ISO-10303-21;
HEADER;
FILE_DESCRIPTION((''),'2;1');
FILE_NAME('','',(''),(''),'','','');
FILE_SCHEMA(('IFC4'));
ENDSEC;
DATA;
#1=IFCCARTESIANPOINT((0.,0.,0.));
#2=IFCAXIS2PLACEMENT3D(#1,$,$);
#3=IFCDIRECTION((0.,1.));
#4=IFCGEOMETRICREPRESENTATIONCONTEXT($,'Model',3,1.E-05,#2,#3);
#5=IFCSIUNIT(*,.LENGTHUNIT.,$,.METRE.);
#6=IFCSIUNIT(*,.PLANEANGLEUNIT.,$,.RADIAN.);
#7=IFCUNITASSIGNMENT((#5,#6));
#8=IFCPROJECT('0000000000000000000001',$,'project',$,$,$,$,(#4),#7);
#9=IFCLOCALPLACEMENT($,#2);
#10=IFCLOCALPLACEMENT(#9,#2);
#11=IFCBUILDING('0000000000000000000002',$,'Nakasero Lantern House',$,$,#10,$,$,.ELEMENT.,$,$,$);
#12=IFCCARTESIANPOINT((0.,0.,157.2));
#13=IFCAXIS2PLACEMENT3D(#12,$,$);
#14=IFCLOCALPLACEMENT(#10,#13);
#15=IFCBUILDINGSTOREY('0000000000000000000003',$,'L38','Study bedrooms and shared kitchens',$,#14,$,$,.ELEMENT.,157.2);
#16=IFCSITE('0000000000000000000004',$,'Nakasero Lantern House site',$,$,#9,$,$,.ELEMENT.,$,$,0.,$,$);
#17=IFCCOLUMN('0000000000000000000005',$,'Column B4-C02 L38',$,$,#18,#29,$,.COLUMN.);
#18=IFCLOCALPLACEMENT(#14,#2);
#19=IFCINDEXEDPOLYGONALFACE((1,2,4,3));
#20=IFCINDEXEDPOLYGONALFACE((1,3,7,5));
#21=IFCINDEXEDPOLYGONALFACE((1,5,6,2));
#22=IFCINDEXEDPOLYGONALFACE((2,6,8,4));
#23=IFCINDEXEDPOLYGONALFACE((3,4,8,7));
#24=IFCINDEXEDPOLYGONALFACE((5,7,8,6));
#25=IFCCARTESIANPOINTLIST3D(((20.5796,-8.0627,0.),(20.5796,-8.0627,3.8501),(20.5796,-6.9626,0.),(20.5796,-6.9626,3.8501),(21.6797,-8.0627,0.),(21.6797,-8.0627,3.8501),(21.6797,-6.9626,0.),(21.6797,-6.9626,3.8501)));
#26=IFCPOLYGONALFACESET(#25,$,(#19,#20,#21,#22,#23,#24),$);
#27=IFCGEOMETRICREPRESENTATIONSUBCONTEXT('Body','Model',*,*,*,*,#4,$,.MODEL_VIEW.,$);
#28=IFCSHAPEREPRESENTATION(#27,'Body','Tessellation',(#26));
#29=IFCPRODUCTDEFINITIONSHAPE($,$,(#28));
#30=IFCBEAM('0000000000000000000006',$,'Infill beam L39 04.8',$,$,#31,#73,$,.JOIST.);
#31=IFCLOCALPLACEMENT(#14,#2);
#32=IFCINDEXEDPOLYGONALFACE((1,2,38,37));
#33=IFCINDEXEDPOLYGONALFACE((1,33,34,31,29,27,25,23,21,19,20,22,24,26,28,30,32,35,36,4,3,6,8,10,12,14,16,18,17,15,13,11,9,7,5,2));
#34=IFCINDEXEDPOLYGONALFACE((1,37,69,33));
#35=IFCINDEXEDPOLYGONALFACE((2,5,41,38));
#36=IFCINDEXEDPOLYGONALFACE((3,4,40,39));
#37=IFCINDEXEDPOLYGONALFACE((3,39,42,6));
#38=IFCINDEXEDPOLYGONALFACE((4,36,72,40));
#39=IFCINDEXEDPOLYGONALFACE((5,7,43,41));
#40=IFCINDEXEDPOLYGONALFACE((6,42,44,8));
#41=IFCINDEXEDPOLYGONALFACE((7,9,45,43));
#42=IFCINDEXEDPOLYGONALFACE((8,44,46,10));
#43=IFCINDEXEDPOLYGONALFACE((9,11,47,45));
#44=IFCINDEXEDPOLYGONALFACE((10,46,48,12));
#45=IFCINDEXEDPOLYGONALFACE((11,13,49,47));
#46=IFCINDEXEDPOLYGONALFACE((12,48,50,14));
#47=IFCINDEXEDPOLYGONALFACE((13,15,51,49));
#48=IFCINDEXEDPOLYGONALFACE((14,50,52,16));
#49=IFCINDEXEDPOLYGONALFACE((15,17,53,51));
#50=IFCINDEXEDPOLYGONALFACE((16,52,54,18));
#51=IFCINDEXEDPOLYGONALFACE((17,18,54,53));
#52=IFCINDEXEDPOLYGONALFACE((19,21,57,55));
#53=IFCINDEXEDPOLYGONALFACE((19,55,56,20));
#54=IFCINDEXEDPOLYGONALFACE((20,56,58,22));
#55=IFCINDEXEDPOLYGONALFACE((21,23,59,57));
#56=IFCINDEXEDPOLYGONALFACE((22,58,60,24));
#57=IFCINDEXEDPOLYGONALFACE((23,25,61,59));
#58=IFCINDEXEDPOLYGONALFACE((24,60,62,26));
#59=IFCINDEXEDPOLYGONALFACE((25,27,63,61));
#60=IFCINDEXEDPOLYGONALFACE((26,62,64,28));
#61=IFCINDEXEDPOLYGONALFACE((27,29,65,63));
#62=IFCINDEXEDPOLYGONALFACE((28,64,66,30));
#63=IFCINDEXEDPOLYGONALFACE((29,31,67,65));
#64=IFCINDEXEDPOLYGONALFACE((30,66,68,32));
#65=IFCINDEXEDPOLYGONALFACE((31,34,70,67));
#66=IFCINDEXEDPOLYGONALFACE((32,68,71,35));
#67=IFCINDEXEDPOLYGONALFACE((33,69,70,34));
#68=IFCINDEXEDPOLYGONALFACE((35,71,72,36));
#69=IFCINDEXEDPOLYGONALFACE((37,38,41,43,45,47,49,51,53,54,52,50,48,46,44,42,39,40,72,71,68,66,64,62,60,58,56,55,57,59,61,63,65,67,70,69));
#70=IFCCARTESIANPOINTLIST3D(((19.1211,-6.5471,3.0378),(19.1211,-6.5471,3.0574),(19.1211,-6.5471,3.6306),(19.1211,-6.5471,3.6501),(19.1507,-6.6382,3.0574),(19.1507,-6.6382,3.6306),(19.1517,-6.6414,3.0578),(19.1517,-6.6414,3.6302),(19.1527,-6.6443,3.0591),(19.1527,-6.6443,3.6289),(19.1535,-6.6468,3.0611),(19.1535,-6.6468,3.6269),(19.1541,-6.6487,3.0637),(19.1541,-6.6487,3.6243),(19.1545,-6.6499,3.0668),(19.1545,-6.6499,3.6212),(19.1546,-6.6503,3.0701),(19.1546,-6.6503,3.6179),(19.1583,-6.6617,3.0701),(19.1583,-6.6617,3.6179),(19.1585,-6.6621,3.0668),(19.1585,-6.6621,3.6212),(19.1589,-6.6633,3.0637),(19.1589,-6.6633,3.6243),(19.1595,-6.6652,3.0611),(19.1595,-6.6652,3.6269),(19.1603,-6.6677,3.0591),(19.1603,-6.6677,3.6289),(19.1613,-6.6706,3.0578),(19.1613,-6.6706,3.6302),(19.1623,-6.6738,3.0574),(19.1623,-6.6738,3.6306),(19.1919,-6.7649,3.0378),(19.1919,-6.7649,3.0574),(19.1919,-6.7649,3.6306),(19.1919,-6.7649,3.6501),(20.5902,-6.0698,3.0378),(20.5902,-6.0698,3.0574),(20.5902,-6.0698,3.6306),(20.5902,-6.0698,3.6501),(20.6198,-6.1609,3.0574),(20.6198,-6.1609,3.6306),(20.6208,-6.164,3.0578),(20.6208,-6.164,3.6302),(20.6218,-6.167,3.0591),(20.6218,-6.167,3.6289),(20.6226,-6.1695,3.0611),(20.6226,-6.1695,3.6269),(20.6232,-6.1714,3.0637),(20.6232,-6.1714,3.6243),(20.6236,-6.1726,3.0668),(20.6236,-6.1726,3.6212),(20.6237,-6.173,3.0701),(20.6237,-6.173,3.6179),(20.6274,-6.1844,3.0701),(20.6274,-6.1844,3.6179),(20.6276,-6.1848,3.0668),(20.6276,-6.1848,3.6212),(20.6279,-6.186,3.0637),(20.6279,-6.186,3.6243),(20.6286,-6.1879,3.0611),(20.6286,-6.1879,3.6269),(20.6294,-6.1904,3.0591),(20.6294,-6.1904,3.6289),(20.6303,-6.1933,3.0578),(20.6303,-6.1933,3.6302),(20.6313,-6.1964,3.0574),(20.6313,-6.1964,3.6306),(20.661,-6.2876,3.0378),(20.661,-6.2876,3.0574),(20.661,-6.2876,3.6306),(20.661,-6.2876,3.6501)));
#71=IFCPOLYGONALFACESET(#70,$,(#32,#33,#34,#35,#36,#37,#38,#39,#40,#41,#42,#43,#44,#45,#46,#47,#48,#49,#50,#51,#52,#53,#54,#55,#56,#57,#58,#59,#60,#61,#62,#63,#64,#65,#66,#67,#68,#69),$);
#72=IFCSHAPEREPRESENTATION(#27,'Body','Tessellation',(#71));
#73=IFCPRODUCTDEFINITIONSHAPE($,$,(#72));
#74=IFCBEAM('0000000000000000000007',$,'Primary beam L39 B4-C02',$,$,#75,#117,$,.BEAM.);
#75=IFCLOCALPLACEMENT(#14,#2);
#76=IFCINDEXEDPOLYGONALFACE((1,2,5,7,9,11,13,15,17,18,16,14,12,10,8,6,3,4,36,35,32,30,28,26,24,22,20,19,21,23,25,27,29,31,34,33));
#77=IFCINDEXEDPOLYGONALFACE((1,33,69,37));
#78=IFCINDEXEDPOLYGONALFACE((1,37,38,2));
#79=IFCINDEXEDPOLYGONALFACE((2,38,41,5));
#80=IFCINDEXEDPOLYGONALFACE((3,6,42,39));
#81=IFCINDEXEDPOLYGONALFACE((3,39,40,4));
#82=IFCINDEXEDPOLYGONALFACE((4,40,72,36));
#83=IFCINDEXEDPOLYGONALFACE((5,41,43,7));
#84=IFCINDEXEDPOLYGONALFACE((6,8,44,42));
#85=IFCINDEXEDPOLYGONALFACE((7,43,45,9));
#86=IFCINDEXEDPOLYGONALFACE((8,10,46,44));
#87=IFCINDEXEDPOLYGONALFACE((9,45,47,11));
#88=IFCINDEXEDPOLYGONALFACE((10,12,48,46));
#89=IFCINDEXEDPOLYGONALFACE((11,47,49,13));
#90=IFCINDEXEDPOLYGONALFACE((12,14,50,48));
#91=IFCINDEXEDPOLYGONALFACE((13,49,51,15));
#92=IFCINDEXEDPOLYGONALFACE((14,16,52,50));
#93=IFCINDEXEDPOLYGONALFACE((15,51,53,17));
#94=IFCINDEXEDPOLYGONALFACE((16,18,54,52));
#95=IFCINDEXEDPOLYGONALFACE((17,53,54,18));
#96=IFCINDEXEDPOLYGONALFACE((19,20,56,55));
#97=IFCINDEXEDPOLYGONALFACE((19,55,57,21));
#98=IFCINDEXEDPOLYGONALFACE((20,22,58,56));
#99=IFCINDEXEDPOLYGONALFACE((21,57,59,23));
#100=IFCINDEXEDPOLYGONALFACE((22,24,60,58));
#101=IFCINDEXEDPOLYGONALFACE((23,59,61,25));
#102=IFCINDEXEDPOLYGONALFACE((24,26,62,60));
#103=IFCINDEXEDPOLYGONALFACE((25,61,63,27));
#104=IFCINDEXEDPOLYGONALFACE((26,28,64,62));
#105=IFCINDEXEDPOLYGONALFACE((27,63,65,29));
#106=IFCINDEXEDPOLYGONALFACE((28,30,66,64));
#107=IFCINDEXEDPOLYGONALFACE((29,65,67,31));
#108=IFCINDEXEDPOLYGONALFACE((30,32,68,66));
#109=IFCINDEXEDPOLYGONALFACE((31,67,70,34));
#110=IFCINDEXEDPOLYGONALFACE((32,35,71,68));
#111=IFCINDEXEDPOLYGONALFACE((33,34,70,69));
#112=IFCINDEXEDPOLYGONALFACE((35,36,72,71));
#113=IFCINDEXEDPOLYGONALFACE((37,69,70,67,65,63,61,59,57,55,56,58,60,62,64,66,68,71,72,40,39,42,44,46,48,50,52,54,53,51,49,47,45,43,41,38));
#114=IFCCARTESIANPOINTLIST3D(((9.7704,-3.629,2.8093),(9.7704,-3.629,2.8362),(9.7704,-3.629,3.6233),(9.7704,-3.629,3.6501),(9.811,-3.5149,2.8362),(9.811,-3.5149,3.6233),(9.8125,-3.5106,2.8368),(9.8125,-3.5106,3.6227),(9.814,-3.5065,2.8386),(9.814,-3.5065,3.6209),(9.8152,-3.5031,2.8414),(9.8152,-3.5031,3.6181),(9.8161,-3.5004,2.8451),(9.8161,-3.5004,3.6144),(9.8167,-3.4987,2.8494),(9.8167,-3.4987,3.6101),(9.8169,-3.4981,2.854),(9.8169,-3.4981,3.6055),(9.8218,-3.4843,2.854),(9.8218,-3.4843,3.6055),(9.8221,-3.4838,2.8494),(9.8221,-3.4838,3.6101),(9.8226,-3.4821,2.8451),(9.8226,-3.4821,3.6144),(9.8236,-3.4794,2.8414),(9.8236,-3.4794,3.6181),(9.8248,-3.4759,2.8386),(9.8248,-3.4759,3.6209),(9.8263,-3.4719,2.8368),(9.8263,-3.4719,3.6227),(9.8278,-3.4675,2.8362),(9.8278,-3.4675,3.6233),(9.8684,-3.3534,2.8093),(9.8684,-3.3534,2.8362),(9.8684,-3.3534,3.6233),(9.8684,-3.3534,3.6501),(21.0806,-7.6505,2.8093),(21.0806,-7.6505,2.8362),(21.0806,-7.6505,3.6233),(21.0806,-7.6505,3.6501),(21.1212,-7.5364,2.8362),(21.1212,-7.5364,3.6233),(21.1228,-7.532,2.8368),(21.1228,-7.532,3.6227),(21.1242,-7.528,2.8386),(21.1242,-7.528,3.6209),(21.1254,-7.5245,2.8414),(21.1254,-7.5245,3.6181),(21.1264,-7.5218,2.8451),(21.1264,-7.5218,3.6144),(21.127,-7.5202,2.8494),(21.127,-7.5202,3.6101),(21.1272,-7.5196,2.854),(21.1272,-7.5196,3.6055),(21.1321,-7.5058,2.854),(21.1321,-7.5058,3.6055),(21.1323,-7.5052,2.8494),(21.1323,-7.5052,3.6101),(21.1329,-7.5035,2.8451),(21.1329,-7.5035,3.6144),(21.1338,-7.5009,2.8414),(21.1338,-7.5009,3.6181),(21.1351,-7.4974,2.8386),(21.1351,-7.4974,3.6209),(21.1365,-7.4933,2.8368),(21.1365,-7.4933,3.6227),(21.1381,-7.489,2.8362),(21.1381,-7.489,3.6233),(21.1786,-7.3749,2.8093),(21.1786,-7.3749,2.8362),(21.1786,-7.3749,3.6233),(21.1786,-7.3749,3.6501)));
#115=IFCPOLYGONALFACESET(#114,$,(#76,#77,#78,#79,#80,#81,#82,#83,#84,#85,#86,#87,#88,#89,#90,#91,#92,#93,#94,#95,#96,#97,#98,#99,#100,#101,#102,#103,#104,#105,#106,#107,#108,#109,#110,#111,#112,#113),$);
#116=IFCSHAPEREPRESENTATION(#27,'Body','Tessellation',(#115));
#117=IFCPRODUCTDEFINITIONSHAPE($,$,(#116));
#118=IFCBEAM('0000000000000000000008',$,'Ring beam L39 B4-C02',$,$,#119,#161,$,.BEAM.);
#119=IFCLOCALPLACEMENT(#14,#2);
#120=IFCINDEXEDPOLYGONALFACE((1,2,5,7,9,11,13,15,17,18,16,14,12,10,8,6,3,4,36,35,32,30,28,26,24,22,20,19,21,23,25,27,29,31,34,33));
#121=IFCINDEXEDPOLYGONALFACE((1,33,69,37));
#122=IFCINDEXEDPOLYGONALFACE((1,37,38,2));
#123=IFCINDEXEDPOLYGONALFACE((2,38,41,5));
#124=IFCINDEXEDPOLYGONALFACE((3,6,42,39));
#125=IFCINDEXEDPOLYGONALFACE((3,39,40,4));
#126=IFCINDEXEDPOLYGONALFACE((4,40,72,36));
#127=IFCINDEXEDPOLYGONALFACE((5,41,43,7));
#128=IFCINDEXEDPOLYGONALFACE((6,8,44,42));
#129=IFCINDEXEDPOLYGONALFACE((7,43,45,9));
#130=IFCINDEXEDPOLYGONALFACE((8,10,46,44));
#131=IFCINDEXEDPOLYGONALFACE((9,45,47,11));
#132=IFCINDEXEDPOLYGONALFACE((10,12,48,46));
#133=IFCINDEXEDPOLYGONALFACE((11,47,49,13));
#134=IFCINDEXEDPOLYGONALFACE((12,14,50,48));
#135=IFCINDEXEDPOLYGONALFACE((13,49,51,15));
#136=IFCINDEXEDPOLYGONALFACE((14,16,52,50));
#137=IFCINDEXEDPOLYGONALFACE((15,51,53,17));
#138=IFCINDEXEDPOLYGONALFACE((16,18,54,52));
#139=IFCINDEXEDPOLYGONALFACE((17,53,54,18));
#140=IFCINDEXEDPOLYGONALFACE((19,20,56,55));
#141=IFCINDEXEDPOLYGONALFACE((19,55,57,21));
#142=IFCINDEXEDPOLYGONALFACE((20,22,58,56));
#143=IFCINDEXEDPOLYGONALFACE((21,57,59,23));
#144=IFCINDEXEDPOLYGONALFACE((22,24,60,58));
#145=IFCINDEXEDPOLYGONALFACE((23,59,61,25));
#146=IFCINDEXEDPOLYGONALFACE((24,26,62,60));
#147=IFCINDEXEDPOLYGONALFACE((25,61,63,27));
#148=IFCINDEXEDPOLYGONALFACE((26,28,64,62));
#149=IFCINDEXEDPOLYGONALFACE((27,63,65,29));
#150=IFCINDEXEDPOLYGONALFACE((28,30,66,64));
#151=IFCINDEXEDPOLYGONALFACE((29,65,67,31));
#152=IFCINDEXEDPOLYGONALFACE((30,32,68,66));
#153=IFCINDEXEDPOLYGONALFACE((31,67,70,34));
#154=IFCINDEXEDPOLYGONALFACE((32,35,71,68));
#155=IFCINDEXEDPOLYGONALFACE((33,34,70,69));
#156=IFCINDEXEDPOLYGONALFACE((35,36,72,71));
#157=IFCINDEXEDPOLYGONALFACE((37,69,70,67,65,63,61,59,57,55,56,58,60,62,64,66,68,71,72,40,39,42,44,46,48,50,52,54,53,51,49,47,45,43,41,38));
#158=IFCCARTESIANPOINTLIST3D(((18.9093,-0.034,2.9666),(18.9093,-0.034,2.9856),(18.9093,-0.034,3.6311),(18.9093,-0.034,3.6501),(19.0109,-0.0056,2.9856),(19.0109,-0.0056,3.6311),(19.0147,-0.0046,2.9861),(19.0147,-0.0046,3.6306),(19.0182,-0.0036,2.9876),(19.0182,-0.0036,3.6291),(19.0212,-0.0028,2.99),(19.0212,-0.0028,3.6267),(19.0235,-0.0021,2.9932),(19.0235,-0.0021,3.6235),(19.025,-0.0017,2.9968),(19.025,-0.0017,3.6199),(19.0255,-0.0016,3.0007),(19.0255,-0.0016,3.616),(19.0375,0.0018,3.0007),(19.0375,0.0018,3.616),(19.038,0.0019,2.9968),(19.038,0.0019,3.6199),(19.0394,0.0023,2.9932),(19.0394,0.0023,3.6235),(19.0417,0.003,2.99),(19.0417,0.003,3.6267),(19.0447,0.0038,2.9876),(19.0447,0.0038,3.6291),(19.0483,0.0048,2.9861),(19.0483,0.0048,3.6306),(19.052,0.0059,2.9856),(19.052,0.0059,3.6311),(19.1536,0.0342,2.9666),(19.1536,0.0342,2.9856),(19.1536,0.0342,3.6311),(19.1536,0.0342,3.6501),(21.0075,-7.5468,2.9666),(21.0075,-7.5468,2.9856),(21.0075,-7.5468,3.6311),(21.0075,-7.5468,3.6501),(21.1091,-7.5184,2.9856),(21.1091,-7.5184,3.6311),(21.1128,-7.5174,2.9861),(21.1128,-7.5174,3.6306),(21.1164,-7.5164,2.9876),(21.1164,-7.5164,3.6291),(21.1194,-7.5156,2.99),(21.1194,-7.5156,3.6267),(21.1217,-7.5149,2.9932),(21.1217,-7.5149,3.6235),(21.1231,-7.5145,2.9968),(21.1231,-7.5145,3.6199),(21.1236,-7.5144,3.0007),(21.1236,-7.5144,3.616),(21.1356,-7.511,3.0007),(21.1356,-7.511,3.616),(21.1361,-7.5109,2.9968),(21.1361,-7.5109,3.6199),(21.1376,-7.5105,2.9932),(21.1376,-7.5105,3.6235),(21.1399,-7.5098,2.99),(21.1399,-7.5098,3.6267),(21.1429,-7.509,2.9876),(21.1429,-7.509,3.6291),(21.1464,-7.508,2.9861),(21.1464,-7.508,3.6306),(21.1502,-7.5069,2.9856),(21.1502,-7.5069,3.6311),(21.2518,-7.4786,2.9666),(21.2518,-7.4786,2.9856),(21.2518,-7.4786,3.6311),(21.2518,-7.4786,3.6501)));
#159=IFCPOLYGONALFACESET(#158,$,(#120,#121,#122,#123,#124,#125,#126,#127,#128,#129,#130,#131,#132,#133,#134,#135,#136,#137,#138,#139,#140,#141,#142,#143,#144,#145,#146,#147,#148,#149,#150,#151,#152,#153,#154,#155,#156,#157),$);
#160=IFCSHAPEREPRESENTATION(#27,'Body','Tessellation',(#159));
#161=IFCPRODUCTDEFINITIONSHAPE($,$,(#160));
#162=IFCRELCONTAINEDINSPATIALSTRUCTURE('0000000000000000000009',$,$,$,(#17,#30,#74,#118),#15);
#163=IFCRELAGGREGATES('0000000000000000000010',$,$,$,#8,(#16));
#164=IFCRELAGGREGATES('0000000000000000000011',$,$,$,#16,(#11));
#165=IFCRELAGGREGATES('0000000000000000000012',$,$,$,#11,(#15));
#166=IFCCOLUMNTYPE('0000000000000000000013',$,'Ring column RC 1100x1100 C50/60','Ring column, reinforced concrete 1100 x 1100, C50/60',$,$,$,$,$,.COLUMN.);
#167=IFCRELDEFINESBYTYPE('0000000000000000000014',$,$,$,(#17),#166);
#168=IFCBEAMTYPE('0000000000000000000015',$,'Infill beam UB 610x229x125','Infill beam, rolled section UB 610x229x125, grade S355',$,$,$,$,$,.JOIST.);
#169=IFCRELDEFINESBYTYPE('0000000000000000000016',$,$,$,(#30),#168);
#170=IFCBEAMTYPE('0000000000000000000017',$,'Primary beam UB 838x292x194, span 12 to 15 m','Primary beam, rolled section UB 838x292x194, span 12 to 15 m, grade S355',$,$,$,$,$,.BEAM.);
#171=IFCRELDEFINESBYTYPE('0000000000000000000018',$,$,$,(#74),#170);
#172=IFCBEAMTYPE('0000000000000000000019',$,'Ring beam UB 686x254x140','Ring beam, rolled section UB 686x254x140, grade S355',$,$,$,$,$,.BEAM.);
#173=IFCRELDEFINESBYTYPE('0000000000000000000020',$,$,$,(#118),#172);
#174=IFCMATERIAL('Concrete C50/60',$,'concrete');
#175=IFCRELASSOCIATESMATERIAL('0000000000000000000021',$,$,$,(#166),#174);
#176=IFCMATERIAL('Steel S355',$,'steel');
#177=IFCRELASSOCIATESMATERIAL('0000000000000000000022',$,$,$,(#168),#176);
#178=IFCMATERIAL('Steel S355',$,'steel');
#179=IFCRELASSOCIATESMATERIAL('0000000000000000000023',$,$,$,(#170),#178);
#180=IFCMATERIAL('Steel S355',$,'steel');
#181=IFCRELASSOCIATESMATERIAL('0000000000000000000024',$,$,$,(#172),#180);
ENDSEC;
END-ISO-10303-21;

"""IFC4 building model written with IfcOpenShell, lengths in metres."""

from ifc_helpers import new_model, si_unit, direction, frame, origin, origin_2d, place, context, subcontext, project, spatial, rectangle, i_section, extrude, material, material_profile, profile_set, type_object, element, save


model = new_model("IFC4")

# Units and contexts
model_context = context("Model", 3, precision=1e-05, world=origin(), true_north=direction((0.0, 1.0)))
body_context = subcontext(model_context, "Body", "Model", "MODEL_VIEW")
ifc_project = project(units=[si_unit("LENGTHUNIT", "METRE"), si_unit("PLANEANGLEUNIT", "RADIAN")], contexts=[model_context])

# Site, building, storey
site_placement = place(None, origin())
site = spatial("IfcSite", under=ifc_project, at=site_placement, Name="Nakasero Lantern House site", CompositionType="ELEMENT", RefElevation=0.0)
building_placement = place(site_placement, origin())
building = spatial("IfcBuilding", under=site, at=building_placement, Name="Nakasero Lantern House", CompositionType="ELEMENT")
storey_placement = place(building_placement, frame((0.0, 0.0, 157.2)))
storey = spatial("IfcBuildingStorey", under=building, at=storey_placement, Name="L38", Description="Study bedrooms and shared kitchens", CompositionType="ELEMENT", Elevation=157.2)

# Column
ifc_material_1 = material(Name="Concrete C50/60", Category="concrete")
ifc_material_profile_1 = material_profile(ifc_material_1, rectangle(XDim=1.1001, YDim=1.1001, at=origin_2d()), Name="RC 1100x1100")
ifc_profile_set_1 = profile_set([ifc_material_profile_1], Name="Concrete C50/60")
column_type = type_object("IfcColumnType", Name="Ring column RC 1100x1100 C50/60", Description="Ring column, reinforced concrete 1100 x 1100, C50/60", PredefinedType="COLUMN", material=ifc_profile_set_1)
column_placement = place(storey_placement, frame((21.1296, -7.5127, 0.0), z_axis=(0.0, 0.0, 1.0), x_axis=(1.0, 0.0, 0.0)))
element("IfcColumn", 1, at=column_placement, inside=storey, type_object=column_type, Name="Column B4-C02 L38", PredefinedType="COLUMN", context=body_context, shape_type="SweptSolid", body=[
    extrude(rectangle(XDim=1.1001, YDim=1.1001, at=origin_2d()), origin(), (0.0, 0.0, 1.0), 3.8501),
])

# Beams
ifc_material_2 = material(Name="Steel S355", Category="steel")
ifc_material_profile_2 = material_profile(ifc_material_2, i_section(OverallWidth=0.229, OverallDepth=0.6123, WebThickness=0.012, FlangeThickness=0.0195, FilletRadius=0.0127, at=origin_2d()), Name="UB 610x229x125")
ifc_profile_set_2 = profile_set([ifc_material_profile_2], Name="Steel S355")
beam_type_1 = type_object("IfcBeamType", Name="Infill beam UB 610x229x125", Description="Infill beam, rolled section UB 610x229x125, grade S355", PredefinedType="JOIST", material=ifc_profile_set_2)
beam_1_placement = place(storey_placement, frame((19.1565, -6.656, 3.344), z_axis=(0.951058, 0.309011, 0.0), x_axis=(-0.309011, 0.951058, 0.0)))
element("IfcBeam", 2, at=beam_1_placement, inside=storey, type_object=beam_type_1, Name="Infill beam L39 04.8", PredefinedType="JOIST", context=body_context, shape_type="SweptSolid", body=[
    extrude(i_section(OverallWidth=0.229, OverallDepth=0.6123, WebThickness=0.012, FlangeThickness=0.0195, FilletRadius=0.0127, at=origin_2d()), origin(), (0.0, 0.0, 1.0), 1.5447),
])
ifc_material_3 = material(Name="Steel S355", Category="steel")
ifc_material_profile_3 = material_profile(ifc_material_3, i_section(OverallWidth=0.2925, OverallDepth=0.8408, WebThickness=0.0146, FlangeThickness=0.0269, FilletRadius=0.0178, at=origin_2d()), Name="UB 838x292x194")
ifc_profile_set_3 = profile_set([ifc_material_profile_3], Name="Steel S355")
beam_type_2 = type_object("IfcBeamType", Name="Primary beam UB 838x292x194, span 12 to 15 m", Description="Primary beam, rolled section UB 838x292x194, span 12 to 15 m, grade S355", PredefinedType="BEAM", material=ifc_profile_set_3)
beam_2_placement = place(storey_placement, frame((21.1296, -7.5127, 3.2297), z_axis=(-0.942214, 0.335013, 0.0), x_axis=(-0.335013, -0.942214, 0.0)))
element("IfcBeam", 3, at=beam_2_placement, inside=storey, type_object=beam_type_2, Name="Primary beam L39 B4-C02", PredefinedType="BEAM", context=body_context, shape_type="SweptSolid", body=[
    extrude(i_section(OverallWidth=0.2925, OverallDepth=0.8408, WebThickness=0.0146, FlangeThickness=0.0269, FilletRadius=0.0178, at=origin_2d()), origin(), (0.0, 0.0, 1.0), 12.0039),
])
ifc_material_4 = material(Name="Steel S355", Category="steel")
ifc_material_profile_4 = material_profile(ifc_material_4, i_section(OverallWidth=0.2537, OverallDepth=0.6836, WebThickness=0.0125, FlangeThickness=0.019, FilletRadius=0.0151, at=origin_2d()), Name="UB 686x254x140")
ifc_profile_set_4 = profile_set([ifc_material_profile_4], Name="Steel S355")
beam_type_3 = type_object("IfcBeamType", Name="Ring beam UB 686x254x140", Description="Ring beam, rolled section UB 686x254x140, grade S355", PredefinedType="BEAM", material=ifc_profile_set_4)
beam_3_placement = place(storey_placement, frame((21.1296, -7.5127, 3.3083), z_axis=(-0.268987, 0.963144, 0.0), x_axis=(-0.963144, -0.268987, 0.0)))
element("IfcBeam", 4, at=beam_3_placement, inside=storey, type_object=beam_type_3, Name="Ring beam L39 B4-C02", PredefinedType="BEAM", context=body_context, shape_type="SweptSolid", body=[
    extrude(i_section(OverallWidth=0.2537, OverallDepth=0.6836, WebThickness=0.0125, FlangeThickness=0.019, FilletRadius=0.0151, at=origin_2d()), origin(), (0.0, 0.0, 1.0), 7.8003),
])

save(model, "model.ifc")
